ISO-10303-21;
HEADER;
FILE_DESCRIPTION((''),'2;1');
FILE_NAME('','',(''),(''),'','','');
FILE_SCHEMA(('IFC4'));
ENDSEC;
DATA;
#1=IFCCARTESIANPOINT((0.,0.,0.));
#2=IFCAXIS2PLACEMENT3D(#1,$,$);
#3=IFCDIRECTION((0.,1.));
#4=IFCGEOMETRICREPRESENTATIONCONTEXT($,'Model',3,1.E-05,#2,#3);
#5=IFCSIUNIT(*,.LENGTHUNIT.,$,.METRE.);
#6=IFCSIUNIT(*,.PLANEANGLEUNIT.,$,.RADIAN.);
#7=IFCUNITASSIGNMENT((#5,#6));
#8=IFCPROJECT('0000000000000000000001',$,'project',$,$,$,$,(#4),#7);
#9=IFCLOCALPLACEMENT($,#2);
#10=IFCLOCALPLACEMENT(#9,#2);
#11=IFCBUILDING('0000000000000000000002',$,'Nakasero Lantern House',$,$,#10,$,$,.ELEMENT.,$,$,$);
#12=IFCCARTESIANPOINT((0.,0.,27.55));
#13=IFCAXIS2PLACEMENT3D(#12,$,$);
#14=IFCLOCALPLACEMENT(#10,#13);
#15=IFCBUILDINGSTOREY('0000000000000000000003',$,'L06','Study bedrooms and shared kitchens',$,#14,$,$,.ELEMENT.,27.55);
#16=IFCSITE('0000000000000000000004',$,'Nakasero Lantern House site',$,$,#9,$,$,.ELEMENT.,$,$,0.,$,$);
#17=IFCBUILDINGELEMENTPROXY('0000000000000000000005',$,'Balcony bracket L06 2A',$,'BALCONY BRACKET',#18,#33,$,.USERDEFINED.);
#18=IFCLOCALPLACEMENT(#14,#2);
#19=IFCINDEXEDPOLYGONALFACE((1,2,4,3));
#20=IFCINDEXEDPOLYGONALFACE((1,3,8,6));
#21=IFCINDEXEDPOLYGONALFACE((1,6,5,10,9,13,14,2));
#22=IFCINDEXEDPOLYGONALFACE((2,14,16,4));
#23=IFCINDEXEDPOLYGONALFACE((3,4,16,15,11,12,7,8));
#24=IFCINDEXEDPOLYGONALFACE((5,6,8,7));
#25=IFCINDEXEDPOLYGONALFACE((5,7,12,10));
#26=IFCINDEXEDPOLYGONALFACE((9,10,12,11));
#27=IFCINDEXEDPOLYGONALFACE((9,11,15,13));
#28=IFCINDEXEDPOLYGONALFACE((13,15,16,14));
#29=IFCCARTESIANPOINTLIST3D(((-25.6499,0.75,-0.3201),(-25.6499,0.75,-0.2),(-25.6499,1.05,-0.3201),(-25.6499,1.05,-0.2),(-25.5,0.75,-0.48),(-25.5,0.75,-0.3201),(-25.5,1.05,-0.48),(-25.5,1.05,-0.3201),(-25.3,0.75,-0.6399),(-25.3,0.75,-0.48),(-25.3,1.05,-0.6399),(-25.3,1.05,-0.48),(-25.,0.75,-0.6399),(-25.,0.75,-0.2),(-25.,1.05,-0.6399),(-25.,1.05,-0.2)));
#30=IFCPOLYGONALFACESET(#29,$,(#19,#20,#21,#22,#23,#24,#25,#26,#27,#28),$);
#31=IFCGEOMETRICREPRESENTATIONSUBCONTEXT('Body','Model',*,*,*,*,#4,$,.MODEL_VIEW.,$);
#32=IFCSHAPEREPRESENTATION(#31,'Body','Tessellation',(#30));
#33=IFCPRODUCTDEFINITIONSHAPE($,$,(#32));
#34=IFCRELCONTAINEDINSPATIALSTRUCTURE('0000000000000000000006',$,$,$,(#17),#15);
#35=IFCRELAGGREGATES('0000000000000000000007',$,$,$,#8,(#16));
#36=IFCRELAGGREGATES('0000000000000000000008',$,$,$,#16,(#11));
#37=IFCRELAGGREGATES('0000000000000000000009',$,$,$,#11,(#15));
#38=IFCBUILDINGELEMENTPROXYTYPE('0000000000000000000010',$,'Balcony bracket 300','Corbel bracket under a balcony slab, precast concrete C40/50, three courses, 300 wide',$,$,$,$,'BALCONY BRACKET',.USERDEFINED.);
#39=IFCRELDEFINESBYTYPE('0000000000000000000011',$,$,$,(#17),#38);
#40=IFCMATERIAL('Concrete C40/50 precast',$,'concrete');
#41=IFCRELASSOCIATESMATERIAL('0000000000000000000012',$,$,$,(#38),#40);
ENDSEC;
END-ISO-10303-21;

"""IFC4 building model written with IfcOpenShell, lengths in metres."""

from ifc_helpers import new_model, si_unit, direction, frame, origin, place, context, subcontext, project, spatial, polyline, outline, extrude, material, type_object, element, save


model = new_model("IFC4")

# Units and contexts
model_context = context("Model", 3, precision=1e-05, world=origin(), true_north=direction((0.0, 1.0)))
body_context = subcontext(model_context, "Body", "Model", "MODEL_VIEW")
ifc_project = project(units=[si_unit("LENGTHUNIT", "METRE"), si_unit("PLANEANGLEUNIT", "RADIAN")], contexts=[model_context])

# Site, building, storey
site_placement = place(None, origin())
site = spatial("IfcSite", under=ifc_project, at=site_placement, Name="Nakasero Lantern House site", CompositionType="ELEMENT", RefElevation=0.0)
building_placement = place(site_placement, origin())
building = spatial("IfcBuilding", under=site, at=building_placement, Name="Nakasero Lantern House", CompositionType="ELEMENT")
storey_placement = place(building_placement, frame((0.0, 0.0, 27.55)))
storey = spatial("IfcBuildingStorey", under=building, at=storey_placement, Name="L06", Description="Study bedrooms and shared kitchens", CompositionType="ELEMENT", Elevation=27.55)

# Building element proxy
ifc_material_1 = material(Name="Concrete C40/50 precast", Category="concrete")
building_element_proxy_type = type_object("IfcBuildingElementProxyType", Name="Balcony bracket 300", Description="Corbel bracket under a balcony slab, precast concrete C40/50, three courses, 300 wide", ElementType="BALCONY BRACKET", PredefinedType="USERDEFINED", material=ifc_material_1)
proxy_placement = place(storey_placement, frame((-25.0, 0.8999, -0.2), z_axis=(0.0, 0.0, 1.0), x_axis=(-1.0, 0.0, 0.0)))
element("IfcBuildingElementProxy", 1, at=proxy_placement, inside=storey, type_object=building_element_proxy_type, Name="Balcony bracket L06 2A", ObjectType="BALCONY BRACKET", PredefinedType="USERDEFINED", context=body_context, shape_type="SweptSolid", body=[
    extrude(outline(polyline([(0.0, 0.0), (0.6499, 0.0), (0.6499, -0.1201), (0.5, -0.1201), (0.5, -0.28), (0.3, -0.28), (0.3, -0.4399), (0.0, -0.4399), (0.0, 0.0)])), frame((0.0, 0.1499, 0.0), z_axis=(0.0, -1.0, 0.0), x_axis=(1.0, 0.0, 0.0)), (0.0, 0.0, 1.0), 0.3),
])

save(model, "model.ifc")
